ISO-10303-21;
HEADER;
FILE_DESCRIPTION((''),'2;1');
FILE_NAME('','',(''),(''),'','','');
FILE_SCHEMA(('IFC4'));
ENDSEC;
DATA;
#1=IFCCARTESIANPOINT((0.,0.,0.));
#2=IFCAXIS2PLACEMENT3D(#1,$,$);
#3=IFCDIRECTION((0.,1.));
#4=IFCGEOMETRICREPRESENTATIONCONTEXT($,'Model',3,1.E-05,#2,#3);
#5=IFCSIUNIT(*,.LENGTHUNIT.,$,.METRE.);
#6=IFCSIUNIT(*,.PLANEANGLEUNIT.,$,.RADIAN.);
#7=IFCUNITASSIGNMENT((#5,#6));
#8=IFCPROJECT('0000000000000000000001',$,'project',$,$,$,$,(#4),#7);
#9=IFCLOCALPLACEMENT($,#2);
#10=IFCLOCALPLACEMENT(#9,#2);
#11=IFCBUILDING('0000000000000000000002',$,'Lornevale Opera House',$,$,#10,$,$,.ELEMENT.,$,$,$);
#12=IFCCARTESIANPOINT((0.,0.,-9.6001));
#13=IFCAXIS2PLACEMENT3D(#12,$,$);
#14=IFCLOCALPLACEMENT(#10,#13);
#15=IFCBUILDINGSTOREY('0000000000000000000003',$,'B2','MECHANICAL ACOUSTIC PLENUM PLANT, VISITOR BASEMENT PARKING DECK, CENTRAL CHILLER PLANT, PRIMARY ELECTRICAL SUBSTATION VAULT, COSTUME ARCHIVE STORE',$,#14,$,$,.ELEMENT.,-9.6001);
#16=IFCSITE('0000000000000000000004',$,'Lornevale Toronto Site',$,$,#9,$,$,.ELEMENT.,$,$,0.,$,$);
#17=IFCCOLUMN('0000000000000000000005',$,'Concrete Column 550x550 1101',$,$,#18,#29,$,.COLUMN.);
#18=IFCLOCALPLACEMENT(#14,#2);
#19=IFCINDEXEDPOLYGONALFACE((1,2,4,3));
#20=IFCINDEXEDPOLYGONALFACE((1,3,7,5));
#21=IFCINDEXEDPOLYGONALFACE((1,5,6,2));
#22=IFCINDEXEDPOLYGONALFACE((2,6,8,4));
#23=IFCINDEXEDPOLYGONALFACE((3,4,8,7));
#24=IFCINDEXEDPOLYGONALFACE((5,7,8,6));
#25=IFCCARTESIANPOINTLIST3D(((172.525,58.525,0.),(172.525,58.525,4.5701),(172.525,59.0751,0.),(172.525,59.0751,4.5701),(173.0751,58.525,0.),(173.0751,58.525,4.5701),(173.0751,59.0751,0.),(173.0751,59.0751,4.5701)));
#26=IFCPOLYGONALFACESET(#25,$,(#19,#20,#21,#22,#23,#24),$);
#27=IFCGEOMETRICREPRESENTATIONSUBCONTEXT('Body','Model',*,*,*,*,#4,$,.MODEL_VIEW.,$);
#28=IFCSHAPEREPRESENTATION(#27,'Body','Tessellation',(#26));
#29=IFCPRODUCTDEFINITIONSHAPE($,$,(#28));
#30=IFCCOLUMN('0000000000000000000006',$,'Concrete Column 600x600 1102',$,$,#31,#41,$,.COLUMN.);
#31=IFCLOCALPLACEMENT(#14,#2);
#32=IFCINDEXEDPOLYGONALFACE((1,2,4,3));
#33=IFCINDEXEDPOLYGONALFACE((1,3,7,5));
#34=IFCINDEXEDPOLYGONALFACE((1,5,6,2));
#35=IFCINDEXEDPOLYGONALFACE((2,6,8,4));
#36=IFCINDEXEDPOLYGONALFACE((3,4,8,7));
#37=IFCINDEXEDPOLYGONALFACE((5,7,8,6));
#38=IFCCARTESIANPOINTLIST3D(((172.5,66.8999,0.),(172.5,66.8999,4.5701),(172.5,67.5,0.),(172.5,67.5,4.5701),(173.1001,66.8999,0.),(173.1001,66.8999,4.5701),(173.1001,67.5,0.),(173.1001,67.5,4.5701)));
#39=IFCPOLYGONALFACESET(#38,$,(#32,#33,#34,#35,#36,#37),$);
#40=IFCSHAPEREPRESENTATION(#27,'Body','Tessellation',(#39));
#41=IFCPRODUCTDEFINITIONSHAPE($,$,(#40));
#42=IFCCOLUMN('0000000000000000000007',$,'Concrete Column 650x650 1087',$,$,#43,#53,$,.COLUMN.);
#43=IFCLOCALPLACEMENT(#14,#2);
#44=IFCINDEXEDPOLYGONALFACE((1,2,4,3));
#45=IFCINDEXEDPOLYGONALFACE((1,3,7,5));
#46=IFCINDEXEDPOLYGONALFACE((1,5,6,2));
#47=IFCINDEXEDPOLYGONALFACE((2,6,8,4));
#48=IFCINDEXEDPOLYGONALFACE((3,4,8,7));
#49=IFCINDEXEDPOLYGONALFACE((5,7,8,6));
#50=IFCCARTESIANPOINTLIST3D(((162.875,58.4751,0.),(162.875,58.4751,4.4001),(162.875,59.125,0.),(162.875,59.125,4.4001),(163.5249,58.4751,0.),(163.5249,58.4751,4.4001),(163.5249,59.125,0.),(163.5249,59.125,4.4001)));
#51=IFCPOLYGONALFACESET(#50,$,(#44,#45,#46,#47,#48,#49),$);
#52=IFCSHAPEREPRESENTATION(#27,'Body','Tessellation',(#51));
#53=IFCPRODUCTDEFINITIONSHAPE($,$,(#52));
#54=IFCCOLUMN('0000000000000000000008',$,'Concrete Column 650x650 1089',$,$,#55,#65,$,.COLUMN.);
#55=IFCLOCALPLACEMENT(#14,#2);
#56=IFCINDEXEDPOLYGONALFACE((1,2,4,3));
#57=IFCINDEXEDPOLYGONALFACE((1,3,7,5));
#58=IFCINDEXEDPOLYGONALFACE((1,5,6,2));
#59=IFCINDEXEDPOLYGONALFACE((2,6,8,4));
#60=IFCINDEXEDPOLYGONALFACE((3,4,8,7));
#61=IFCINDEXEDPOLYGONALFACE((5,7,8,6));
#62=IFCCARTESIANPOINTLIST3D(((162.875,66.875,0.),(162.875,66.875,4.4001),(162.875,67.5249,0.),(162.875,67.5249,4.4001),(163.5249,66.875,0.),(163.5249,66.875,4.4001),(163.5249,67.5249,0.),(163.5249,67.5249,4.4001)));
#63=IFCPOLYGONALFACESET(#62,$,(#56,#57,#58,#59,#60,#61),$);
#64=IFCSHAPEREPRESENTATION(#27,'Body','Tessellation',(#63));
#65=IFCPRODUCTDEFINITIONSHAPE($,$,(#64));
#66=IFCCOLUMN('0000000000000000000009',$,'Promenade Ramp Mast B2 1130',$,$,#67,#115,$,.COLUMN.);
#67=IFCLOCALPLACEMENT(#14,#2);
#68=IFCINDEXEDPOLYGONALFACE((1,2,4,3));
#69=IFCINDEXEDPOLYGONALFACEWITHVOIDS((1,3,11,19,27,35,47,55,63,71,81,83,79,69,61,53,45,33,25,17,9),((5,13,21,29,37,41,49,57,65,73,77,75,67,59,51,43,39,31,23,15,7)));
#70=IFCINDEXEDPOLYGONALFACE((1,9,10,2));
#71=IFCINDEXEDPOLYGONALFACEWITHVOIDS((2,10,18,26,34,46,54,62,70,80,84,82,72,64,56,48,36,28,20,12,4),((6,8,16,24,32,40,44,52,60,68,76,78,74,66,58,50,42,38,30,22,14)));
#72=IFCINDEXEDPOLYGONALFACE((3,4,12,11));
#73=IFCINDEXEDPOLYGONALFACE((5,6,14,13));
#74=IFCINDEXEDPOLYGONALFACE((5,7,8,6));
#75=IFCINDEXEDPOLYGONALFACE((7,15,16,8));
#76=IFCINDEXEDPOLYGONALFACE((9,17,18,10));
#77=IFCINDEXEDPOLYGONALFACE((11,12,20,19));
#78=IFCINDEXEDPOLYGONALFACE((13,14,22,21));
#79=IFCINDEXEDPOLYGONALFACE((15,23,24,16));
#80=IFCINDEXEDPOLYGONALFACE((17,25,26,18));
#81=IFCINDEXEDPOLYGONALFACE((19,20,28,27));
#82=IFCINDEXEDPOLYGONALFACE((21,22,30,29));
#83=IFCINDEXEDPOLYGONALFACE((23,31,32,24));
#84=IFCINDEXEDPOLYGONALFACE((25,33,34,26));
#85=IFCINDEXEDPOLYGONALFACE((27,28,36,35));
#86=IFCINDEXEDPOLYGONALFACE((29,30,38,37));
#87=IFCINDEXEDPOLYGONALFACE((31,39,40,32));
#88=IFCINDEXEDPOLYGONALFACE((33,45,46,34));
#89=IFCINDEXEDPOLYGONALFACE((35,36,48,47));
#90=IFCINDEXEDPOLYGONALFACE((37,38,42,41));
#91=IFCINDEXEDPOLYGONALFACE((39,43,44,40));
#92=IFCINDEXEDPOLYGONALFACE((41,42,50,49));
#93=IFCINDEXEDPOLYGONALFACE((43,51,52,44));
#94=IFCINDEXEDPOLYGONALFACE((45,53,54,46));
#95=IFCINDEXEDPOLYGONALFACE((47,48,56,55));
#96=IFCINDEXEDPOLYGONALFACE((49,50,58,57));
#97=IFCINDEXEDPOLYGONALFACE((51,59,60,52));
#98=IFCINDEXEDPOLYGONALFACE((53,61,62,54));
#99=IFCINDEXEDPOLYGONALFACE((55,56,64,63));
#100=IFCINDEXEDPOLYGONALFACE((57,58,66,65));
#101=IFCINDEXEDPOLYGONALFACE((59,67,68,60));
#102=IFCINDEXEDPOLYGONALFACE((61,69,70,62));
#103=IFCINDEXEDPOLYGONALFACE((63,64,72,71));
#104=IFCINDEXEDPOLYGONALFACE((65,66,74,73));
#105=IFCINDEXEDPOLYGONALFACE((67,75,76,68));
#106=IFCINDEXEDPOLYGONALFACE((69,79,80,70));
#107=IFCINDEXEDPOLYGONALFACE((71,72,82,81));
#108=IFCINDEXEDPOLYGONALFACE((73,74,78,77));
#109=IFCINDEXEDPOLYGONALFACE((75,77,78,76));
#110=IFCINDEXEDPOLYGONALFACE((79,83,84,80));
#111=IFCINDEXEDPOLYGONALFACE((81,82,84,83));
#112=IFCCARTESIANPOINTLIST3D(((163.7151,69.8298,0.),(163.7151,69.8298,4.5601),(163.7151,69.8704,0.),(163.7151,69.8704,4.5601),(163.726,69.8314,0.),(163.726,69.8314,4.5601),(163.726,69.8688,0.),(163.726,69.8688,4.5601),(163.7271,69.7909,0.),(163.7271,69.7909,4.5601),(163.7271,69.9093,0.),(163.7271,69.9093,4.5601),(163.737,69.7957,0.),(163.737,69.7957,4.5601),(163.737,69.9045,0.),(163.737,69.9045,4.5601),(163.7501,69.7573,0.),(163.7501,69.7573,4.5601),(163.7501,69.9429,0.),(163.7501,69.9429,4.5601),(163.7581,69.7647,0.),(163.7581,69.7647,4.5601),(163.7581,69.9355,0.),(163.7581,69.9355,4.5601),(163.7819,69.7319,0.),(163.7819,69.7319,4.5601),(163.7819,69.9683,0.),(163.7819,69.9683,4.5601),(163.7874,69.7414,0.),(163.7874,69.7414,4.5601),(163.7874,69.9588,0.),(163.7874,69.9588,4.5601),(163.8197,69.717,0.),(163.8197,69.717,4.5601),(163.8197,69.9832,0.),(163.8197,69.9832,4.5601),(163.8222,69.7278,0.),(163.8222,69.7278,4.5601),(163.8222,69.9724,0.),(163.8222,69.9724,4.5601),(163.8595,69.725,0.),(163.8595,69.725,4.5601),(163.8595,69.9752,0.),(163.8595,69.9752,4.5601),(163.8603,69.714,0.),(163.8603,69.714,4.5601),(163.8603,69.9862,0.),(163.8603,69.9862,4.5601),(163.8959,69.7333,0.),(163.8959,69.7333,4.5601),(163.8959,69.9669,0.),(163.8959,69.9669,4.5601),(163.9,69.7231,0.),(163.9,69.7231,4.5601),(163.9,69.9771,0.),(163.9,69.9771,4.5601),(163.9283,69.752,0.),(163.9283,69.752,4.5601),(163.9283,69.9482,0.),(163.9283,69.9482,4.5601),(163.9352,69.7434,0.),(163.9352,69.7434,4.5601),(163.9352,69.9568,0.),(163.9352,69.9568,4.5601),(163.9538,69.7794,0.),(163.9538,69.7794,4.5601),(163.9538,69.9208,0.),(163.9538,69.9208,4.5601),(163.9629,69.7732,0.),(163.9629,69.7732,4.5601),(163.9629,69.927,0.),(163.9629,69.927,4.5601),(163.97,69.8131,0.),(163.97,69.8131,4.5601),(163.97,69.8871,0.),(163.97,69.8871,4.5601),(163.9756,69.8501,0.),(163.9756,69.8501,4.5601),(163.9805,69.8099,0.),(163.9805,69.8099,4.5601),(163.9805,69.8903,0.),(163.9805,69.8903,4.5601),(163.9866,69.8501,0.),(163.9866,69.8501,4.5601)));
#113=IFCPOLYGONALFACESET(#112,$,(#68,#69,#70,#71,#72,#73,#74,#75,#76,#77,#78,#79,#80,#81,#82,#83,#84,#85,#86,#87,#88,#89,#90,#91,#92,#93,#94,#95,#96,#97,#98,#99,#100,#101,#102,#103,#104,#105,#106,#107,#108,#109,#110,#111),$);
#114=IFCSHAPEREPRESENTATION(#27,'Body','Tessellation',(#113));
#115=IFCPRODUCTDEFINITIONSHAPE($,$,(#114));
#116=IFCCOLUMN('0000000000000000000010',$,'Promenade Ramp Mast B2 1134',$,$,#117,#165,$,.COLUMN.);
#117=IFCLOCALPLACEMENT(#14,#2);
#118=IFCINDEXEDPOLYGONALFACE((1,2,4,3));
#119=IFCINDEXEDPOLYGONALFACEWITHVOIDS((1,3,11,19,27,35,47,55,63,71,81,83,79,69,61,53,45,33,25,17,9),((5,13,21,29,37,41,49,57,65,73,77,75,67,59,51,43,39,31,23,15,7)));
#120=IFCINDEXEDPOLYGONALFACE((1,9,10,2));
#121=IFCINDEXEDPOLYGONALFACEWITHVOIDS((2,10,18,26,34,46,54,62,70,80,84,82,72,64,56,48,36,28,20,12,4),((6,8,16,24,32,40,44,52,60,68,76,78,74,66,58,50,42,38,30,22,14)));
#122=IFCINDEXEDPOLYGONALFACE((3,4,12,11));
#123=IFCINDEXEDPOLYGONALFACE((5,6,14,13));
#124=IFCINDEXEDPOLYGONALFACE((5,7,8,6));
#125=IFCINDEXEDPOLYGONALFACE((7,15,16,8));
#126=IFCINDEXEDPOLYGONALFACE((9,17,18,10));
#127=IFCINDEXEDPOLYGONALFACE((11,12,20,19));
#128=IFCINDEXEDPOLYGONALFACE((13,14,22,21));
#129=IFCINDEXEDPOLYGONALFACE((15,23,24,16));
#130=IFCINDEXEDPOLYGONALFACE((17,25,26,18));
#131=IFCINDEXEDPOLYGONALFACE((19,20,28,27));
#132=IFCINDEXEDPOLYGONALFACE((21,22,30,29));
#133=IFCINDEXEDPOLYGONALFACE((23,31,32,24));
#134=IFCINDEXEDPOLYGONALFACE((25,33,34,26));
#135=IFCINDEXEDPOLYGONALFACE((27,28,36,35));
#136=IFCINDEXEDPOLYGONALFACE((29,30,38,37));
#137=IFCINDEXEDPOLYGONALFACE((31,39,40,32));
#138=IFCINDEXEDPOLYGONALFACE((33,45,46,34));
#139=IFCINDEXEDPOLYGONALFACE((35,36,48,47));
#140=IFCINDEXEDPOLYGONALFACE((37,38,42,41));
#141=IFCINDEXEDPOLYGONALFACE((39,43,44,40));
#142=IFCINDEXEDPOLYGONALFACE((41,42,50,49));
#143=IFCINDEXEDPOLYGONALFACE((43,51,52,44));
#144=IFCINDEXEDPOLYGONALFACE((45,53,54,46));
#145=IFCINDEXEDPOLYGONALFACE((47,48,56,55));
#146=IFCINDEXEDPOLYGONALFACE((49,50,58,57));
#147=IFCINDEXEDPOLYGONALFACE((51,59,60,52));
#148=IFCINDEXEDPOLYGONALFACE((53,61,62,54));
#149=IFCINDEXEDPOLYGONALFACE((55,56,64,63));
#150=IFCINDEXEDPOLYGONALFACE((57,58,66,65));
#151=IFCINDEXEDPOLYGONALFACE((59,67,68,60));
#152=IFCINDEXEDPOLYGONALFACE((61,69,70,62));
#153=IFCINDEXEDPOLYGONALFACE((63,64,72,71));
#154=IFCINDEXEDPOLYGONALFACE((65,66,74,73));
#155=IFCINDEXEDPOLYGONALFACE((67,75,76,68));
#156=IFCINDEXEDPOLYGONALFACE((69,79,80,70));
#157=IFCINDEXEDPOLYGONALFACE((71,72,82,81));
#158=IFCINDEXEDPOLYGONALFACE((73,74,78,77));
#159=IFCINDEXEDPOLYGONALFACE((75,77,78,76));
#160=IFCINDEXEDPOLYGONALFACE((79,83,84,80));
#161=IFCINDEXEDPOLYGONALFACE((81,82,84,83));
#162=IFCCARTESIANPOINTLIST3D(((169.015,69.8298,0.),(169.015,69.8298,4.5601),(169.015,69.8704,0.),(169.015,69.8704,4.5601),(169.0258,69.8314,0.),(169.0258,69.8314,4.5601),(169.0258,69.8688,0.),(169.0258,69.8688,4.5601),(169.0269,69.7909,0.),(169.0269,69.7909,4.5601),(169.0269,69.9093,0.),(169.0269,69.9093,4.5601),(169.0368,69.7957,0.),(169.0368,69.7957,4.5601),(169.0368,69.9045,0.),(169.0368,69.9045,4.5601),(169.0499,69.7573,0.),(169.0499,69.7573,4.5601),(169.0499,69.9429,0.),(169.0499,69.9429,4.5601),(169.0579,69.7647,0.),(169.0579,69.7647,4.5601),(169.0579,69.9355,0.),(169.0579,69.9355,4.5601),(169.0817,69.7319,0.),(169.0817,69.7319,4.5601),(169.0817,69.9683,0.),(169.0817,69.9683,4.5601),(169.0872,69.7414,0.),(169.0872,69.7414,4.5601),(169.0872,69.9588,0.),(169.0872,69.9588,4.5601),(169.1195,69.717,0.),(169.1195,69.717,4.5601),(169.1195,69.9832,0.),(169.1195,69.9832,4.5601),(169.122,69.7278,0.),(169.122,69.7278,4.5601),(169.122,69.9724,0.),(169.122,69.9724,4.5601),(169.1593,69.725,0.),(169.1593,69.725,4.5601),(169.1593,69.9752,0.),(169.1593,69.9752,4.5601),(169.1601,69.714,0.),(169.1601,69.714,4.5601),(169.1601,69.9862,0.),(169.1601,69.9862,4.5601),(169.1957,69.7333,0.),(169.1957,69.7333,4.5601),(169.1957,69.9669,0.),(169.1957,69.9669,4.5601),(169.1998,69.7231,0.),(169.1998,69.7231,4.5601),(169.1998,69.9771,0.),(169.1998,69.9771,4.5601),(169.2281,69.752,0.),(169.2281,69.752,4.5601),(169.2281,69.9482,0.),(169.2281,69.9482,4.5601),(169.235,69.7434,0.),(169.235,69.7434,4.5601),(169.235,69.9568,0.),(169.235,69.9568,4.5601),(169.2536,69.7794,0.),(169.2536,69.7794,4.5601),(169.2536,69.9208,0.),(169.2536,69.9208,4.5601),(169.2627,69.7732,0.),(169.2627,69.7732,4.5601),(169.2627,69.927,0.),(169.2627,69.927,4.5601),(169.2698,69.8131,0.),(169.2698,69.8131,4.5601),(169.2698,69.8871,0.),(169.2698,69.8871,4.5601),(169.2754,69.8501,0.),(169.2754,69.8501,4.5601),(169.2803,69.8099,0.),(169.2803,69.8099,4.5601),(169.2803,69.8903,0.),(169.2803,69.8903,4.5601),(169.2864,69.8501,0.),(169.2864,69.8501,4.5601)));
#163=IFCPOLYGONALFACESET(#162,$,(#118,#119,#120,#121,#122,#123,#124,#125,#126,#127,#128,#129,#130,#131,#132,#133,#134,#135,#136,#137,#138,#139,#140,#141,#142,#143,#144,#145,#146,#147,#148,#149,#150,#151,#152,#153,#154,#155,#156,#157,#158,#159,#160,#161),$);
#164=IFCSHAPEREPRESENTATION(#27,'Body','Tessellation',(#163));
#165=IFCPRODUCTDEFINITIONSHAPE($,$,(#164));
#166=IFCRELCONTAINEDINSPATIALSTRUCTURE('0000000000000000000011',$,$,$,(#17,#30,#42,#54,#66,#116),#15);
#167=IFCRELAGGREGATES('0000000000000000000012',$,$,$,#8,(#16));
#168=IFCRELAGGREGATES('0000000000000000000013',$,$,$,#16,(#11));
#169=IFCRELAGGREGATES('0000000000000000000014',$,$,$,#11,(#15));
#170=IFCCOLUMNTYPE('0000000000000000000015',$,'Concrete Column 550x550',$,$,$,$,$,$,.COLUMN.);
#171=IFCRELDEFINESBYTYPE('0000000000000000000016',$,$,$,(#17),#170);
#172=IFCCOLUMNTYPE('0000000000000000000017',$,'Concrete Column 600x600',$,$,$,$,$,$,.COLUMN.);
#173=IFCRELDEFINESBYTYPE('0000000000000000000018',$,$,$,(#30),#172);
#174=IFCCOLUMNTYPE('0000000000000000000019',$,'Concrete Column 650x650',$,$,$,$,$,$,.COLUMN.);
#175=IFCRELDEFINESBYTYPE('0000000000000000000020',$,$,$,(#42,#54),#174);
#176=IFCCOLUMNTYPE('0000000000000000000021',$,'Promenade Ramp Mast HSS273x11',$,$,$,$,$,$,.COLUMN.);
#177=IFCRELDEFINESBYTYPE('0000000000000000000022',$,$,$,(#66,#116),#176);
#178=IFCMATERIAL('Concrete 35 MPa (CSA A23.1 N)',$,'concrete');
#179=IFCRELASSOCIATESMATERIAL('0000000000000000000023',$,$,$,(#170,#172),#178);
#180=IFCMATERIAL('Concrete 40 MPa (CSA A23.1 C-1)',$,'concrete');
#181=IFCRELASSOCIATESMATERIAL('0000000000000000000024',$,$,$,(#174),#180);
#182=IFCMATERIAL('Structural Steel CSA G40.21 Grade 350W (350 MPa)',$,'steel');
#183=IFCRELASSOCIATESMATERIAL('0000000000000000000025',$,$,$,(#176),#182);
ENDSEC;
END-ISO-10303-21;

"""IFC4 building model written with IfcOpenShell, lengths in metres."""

from ifc_helpers import new_model, si_unit, direction, frame, origin, origin_2d, place, context, subcontext, project, spatial, rectangle, hollow_circle, extrude, material, material_profile, profile_set, type_object, element, save


model = new_model("IFC4")

# Units and contexts
model_context = context("Model", 3, precision=1e-05, world=origin(), true_north=direction((0.0, 1.0)))
body_context = subcontext(model_context, "Body", "Model", "MODEL_VIEW")
ifc_project = project(units=[si_unit("LENGTHUNIT", "METRE"), si_unit("PLANEANGLEUNIT", "RADIAN")], contexts=[model_context])

# Site, building, storey
site_placement = place(None, origin())
site = spatial("IfcSite", under=ifc_project, at=site_placement, Name="Lornevale Toronto Site", CompositionType="ELEMENT", RefElevation=0.0)
building_placement = place(site_placement, origin())
building = spatial("IfcBuilding", under=site, at=building_placement, Name="Lornevale Opera House", CompositionType="ELEMENT")
storey_placement = place(building_placement, frame((0.0, 0.0, -9.6001)))
storey = spatial("IfcBuildingStorey", under=building, at=storey_placement, Name="B2", Description="MECHANICAL ACOUSTIC PLENUM PLANT, VISITOR BASEMENT PARKING DECK, CENTRAL CHILLER PLANT, PRIMARY ELECTRICAL SUBSTATION VAULT, COSTUME ARCHIVE STORE", CompositionType="ELEMENT", Elevation=-9.6001)

# Shared definitions
ifc_material_1 = material(Name="Concrete 35 MPa (CSA A23.1 N)", Category="concrete")

# Shared definitions
ifc_material_2 = material(Name="Concrete 40 MPa (CSA A23.1 C-1)", Category="concrete")

# Columns
ifc_material_profile_1 = material_profile(ifc_material_1, rectangle(XDim=0.55, YDim=0.55, at=origin_2d()), Name="RC550x550")
ifc_profile_set_1 = profile_set([ifc_material_profile_1], Name="Concrete 35 MPa (CSA A23.1 N)")
column_type_1 = type_object("IfcColumnType", Name="Concrete Column 550x550", PredefinedType="COLUMN", material=ifc_profile_set_1)
column_1_placement = place(storey_placement, frame((172.8, 58.8, 0.0), z_axis=(0.0, 0.0, 1.0), x_axis=(1.0, 0.0, 0.0)))
element("IfcColumn", 1, at=column_1_placement, inside=storey, type_object=column_type_1, Name="Concrete Column 550x550 1101", PredefinedType="COLUMN", context=body_context, shape_type="SweptSolid", body=[
    extrude(rectangle(XDim=0.55, YDim=0.55, at=origin_2d()), origin(), (0.0, 0.0, 1.0), 4.5701),
])
ifc_material_profile_2 = material_profile(ifc_material_1, rectangle(XDim=0.6001, YDim=0.6001, at=origin_2d()), Name="RC600x600")
ifc_profile_set_2 = profile_set([ifc_material_profile_2], Name="Concrete 35 MPa (CSA A23.1 N)")
column_type_2 = type_object("IfcColumnType", Name="Concrete Column 600x600", PredefinedType="COLUMN", material=ifc_profile_set_2)
column_2_placement = place(storey_placement, frame((172.8, 67.2, 0.0), z_axis=(0.0, 0.0, 1.0), x_axis=(1.0, 0.0, 0.0)))
element("IfcColumn", 2, at=column_2_placement, inside=storey, type_object=column_type_2, Name="Concrete Column 600x600 1102", PredefinedType="COLUMN", context=body_context, shape_type="SweptSolid", body=[
    extrude(rectangle(XDim=0.6001, YDim=0.6001, at=origin_2d()), origin(), (0.0, 0.0, 1.0), 4.5701),
])
ifc_material_profile_3 = material_profile(ifc_material_2, rectangle(XDim=0.6499, YDim=0.6499, at=origin_2d()), Name="RC650x650")
ifc_profile_set_3 = profile_set([ifc_material_profile_3], Name="Concrete 40 MPa (CSA A23.1 C-1)")
column_type_3 = type_object("IfcColumnType", Name="Concrete Column 650x650", PredefinedType="COLUMN", material=ifc_profile_set_3)
for number, where, z_axis, x_axis, name in (
    (3, (163.2, 58.8, 0.0), (0.0, 0.0, 1.0), (1.0, 0.0, 0.0), "Concrete Column 650x650 1087"),
    (4, (163.2, 67.2, 0.0), (0.0, 0.0, 1.0), (1.0, 0.0, 0.0), "Concrete Column 650x650 1089"),
):
    element("IfcColumn", number, at=place(storey_placement, frame(where, z_axis=z_axis, x_axis=x_axis)), inside=storey, type_object=column_type_3, Name=name, PredefinedType="COLUMN", context=body_context, shape_type="SweptSolid", body=[
        extrude(rectangle(XDim=0.6499, YDim=0.6499, at=origin_2d()), origin(), (0.0, 0.0, 1.0), 4.4001),
    ])
ifc_material_3 = material(Name="Structural Steel CSA G40.21 Grade 350W (350 MPa)", Category="steel")
ifc_material_profile_4 = material_profile(ifc_material_3, hollow_circle(Radius=0.1365, WallThickness=0.011, at=origin_2d()), Name="HSS273x11")
ifc_profile_set_4 = profile_set([ifc_material_profile_4], Name="Structural Steel CSA G40.21 Grade 350W (350 MPa)")
column_type_4 = type_object("IfcColumnType", Name="Promenade Ramp Mast HSS273x11", PredefinedType="COLUMN", material=ifc_profile_set_4)
for number, where, z_axis, x_axis, name in (
    (5, (163.8501, 69.8501, 0.0), (0.0, 0.0, 1.0), (1.0, 0.0, 0.0), "Promenade Ramp Mast B2 1130"),
    (6, (169.1499, 69.8501, 0.0), (0.0, 0.0, 1.0), (1.0, 0.0, 0.0), "Promenade Ramp Mast B2 1134"),
):
    element("IfcColumn", number, at=place(storey_placement, frame(where, z_axis=z_axis, x_axis=x_axis)), inside=storey, type_object=column_type_4, Name=name, PredefinedType="COLUMN", context=body_context, shape_type="SweptSolid", body=[
        extrude(hollow_circle(Radius=0.1365, WallThickness=0.011, at=origin_2d()), origin(), (0.0, 0.0, 1.0), 4.5601),
    ])

save(model, "model.ifc")
